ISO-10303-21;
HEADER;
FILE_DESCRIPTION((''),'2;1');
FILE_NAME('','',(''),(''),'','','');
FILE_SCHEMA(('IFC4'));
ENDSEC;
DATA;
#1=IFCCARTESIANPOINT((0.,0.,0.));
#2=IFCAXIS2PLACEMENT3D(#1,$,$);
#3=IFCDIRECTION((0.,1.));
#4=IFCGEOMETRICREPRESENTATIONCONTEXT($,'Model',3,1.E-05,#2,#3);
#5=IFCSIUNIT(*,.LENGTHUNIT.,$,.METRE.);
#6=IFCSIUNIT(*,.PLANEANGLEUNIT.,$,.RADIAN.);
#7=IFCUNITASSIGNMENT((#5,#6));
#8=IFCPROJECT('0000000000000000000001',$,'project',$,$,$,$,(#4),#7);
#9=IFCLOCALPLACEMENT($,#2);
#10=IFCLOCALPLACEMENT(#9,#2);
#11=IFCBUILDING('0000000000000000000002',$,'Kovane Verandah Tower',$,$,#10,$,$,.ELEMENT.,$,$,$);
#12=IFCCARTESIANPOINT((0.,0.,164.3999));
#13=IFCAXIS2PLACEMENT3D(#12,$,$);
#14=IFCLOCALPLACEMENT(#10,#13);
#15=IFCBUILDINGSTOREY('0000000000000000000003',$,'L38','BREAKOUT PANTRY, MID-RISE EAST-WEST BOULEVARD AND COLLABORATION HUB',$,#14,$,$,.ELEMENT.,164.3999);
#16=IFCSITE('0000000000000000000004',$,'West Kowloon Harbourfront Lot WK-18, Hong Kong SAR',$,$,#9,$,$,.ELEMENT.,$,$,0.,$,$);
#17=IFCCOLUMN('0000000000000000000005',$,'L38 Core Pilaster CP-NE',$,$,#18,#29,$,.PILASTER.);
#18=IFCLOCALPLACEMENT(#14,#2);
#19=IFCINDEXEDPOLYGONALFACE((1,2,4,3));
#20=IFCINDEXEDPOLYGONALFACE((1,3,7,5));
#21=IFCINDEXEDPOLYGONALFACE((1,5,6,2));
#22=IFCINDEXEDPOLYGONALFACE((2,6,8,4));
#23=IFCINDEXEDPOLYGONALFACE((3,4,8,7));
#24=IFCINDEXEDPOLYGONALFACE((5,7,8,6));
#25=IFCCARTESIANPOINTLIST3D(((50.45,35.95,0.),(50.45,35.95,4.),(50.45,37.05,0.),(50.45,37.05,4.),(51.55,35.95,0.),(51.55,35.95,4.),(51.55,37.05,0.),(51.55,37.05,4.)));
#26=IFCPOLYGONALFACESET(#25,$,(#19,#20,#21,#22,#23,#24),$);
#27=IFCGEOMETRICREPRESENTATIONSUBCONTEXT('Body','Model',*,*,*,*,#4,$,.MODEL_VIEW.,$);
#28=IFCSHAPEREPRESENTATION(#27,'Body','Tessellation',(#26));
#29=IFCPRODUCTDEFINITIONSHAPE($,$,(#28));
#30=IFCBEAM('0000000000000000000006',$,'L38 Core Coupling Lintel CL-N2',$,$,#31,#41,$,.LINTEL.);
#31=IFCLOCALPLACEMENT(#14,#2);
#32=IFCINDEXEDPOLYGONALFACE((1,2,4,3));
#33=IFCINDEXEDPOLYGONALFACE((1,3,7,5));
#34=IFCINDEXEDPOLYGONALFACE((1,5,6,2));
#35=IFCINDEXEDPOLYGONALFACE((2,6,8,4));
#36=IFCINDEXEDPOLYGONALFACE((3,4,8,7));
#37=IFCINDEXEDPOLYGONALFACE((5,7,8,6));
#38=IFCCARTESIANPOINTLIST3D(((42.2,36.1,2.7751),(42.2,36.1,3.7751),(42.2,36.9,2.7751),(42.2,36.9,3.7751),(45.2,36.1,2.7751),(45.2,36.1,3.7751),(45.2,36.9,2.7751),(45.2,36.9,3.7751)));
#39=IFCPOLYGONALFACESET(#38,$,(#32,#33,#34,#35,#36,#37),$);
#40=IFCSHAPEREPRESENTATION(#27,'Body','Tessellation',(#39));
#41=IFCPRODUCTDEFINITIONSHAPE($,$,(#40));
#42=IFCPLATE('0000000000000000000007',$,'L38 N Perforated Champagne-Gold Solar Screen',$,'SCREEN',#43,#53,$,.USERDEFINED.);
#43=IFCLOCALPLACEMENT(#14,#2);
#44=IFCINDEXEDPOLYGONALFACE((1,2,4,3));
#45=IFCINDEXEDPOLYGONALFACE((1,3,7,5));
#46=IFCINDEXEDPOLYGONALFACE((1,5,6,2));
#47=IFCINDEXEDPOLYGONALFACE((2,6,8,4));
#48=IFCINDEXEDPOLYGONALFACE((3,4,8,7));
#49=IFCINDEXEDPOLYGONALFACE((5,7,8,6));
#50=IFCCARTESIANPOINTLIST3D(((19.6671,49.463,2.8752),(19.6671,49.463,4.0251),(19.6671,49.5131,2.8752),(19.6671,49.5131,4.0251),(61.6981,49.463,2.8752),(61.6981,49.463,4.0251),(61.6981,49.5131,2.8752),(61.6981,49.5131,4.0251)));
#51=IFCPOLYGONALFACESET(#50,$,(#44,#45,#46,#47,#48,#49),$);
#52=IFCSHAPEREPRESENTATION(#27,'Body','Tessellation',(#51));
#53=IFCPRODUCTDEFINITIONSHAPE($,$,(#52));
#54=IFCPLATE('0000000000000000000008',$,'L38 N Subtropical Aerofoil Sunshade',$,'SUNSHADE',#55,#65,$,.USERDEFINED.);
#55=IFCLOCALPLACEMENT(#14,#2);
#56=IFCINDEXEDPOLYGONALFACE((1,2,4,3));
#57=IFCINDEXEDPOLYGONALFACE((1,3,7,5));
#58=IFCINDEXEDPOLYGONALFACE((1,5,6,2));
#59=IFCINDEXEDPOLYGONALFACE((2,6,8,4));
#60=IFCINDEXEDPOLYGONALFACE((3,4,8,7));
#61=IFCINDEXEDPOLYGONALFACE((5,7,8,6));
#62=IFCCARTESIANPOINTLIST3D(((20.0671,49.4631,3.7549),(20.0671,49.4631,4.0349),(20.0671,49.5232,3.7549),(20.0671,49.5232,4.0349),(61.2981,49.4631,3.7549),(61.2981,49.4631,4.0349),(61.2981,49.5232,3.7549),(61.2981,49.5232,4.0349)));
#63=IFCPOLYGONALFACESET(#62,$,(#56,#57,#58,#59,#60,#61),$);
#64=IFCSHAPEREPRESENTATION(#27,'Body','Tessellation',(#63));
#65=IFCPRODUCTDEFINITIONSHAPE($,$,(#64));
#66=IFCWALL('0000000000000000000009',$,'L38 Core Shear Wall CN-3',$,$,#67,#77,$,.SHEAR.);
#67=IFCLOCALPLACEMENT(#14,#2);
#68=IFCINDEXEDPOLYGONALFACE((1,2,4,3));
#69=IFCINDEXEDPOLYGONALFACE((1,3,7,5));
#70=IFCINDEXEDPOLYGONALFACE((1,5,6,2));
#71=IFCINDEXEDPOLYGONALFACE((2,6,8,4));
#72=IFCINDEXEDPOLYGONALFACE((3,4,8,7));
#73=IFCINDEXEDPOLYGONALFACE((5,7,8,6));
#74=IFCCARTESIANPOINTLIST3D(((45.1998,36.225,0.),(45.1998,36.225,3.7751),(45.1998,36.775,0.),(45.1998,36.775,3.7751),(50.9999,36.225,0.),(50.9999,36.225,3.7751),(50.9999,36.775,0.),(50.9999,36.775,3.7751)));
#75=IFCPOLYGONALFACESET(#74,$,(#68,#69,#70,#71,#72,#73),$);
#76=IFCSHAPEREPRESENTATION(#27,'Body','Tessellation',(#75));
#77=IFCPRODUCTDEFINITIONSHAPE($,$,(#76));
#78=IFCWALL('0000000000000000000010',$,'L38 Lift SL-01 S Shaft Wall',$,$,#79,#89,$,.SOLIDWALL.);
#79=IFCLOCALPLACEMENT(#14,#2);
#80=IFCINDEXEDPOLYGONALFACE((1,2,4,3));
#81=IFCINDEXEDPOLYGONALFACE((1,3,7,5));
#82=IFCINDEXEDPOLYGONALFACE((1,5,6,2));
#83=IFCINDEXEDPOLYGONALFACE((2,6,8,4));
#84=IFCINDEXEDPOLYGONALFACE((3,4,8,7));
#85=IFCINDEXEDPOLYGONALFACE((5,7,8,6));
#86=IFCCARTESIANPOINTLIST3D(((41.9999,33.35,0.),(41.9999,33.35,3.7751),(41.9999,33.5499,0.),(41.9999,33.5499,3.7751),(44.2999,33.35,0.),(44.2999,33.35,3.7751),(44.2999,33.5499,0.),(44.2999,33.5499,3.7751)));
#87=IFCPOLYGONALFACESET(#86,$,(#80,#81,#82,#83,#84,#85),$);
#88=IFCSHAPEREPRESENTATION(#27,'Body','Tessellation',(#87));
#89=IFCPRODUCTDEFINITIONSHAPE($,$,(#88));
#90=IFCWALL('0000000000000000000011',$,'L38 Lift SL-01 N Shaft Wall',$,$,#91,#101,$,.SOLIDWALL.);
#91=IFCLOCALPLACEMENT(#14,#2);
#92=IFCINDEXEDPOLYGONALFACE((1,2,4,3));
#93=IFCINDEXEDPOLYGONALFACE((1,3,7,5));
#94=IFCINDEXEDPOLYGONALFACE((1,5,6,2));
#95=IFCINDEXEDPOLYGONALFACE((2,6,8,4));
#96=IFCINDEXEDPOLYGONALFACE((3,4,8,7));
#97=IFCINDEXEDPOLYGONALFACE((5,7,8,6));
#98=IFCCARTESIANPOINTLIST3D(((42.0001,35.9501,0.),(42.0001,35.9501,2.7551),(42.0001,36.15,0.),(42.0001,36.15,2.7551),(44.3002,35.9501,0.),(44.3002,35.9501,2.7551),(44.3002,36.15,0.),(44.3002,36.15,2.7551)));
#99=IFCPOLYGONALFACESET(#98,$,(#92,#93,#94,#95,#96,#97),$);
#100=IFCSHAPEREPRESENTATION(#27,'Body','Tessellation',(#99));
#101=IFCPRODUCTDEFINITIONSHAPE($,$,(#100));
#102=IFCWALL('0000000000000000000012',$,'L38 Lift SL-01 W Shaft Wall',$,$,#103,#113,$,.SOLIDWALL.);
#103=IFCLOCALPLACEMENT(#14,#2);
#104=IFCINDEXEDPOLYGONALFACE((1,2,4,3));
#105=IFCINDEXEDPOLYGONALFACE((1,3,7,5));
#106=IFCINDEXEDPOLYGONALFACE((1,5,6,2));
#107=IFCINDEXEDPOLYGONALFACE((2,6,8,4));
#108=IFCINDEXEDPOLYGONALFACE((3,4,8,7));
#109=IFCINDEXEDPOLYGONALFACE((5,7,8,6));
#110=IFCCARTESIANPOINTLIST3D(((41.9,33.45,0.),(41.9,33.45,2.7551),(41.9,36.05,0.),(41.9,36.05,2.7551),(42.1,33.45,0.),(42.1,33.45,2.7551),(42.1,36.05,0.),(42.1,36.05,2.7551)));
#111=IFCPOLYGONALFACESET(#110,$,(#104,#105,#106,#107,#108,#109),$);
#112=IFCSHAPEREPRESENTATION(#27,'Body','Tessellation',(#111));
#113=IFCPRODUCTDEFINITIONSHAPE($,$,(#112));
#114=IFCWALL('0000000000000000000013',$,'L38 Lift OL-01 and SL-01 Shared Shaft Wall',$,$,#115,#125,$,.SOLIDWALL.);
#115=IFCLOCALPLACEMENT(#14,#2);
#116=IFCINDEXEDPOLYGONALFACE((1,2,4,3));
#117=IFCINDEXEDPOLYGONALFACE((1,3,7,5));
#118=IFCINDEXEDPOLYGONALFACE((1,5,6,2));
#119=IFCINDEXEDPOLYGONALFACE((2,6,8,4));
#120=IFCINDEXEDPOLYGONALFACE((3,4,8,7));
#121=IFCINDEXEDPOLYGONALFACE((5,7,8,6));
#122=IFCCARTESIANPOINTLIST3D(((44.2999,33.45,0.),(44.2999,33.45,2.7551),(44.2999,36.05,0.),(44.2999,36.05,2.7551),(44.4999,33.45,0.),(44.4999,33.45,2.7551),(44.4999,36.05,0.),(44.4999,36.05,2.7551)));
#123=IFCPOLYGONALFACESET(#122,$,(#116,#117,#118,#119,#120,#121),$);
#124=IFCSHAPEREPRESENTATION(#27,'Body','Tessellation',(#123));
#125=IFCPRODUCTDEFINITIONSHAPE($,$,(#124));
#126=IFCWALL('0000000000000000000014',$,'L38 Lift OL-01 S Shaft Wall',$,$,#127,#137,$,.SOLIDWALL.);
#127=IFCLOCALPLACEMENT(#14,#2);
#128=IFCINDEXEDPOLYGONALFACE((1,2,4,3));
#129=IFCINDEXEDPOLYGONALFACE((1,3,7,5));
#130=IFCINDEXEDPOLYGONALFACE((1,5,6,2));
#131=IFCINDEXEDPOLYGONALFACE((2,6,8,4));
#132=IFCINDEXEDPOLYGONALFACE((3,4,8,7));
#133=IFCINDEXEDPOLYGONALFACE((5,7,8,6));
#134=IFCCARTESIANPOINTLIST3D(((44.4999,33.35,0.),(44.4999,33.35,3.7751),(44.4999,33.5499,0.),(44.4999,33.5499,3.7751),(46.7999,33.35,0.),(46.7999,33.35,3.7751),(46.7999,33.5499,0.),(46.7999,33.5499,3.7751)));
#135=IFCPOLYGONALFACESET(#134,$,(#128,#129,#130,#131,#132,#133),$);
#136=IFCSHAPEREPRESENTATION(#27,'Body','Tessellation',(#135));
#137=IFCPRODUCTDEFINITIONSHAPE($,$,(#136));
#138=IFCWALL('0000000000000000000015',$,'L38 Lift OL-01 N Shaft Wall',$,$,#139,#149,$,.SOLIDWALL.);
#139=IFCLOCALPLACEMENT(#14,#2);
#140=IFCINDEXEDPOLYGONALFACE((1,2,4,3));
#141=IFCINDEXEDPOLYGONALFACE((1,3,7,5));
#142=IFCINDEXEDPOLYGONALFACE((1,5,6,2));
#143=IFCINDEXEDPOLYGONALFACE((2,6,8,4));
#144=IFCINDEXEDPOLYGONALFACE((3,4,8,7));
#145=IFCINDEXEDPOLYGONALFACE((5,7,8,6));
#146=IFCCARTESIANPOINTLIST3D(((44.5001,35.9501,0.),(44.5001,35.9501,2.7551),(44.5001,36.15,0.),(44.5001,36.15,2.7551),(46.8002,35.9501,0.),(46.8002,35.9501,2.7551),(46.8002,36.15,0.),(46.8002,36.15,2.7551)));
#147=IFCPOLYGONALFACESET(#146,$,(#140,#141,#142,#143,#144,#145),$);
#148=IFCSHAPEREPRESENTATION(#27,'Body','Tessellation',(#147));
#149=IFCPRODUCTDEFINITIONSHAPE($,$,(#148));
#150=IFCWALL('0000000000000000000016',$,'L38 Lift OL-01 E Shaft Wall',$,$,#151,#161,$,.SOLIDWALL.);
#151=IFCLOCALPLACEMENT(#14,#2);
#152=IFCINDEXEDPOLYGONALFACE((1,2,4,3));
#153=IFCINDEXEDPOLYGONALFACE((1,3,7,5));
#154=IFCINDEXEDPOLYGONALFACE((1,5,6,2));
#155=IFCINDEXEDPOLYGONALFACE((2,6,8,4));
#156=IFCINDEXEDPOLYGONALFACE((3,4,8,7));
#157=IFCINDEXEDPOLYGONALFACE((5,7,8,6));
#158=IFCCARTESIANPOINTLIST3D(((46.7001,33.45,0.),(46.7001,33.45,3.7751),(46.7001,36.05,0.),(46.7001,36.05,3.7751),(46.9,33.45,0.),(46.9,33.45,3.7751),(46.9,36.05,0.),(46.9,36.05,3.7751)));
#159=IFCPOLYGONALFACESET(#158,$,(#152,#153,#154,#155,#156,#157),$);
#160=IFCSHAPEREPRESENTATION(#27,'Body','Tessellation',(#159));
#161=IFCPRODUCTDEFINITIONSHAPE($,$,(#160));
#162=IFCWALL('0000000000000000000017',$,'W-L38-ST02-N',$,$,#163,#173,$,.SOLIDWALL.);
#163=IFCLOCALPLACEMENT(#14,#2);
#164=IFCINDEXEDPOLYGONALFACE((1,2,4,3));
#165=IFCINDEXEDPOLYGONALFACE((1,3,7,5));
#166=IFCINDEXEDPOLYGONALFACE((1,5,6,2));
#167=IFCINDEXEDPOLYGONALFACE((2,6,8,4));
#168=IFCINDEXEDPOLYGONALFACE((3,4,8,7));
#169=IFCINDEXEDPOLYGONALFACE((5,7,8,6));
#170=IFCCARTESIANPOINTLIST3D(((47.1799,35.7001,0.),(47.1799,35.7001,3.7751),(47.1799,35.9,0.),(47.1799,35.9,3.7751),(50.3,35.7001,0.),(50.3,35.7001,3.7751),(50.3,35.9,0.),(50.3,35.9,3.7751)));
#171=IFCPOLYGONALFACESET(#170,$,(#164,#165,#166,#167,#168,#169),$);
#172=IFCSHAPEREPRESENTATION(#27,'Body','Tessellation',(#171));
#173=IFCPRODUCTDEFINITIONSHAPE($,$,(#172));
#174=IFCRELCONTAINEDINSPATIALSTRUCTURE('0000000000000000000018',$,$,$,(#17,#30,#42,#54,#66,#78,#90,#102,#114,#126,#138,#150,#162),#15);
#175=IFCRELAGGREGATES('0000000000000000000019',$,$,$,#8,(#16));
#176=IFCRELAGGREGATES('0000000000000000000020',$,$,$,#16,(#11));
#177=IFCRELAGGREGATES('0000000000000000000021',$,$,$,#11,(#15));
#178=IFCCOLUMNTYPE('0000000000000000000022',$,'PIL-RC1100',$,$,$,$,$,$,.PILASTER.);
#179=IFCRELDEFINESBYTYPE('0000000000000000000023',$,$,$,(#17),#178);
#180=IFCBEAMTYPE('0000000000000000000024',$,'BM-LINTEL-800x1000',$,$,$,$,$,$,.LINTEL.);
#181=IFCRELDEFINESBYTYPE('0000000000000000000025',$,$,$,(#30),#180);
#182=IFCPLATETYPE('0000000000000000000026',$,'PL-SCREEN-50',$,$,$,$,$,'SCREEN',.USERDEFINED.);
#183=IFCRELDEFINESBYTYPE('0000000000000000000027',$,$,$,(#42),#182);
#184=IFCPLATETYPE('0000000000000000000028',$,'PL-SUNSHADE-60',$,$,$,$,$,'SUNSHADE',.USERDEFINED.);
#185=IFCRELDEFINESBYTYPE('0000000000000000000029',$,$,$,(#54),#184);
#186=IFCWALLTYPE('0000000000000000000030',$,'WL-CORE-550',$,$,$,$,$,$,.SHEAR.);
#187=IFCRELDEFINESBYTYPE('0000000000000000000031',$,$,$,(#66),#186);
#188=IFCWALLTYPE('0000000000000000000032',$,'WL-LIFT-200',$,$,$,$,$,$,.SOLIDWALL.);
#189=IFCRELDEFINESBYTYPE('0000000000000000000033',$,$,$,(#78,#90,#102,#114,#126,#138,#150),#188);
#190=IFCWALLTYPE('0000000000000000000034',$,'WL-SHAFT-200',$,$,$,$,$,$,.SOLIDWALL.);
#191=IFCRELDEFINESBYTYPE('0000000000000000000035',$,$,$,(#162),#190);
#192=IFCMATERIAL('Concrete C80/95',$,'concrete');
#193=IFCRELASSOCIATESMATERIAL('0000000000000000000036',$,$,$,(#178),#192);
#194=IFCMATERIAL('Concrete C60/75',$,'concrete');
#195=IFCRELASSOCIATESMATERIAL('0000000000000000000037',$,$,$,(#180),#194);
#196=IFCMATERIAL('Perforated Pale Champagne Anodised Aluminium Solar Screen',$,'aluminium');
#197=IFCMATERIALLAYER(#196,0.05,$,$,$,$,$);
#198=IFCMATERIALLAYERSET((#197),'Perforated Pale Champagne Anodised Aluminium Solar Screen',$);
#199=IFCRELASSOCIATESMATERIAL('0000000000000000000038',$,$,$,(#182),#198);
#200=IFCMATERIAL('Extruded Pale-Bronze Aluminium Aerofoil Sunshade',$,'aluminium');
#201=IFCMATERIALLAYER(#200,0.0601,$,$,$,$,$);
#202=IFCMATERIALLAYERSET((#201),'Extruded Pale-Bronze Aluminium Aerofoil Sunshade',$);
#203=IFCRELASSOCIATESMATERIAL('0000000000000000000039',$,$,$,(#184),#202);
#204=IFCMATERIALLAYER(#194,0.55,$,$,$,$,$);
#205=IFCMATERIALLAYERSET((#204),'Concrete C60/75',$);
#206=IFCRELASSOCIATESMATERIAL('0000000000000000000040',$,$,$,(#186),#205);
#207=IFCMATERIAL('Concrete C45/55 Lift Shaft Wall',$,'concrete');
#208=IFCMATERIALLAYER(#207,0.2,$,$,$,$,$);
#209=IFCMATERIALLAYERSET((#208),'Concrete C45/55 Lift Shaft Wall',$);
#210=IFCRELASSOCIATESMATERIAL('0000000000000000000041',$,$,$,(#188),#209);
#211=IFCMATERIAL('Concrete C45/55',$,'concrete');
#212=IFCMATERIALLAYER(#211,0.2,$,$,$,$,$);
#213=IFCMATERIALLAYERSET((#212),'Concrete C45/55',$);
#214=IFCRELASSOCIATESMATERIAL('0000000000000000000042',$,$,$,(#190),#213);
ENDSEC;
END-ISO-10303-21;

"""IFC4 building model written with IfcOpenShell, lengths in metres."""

from ifc_helpers import new_model, si_unit, direction, frame, frame_2d, origin, origin_2d, place, context, subcontext, project, spatial, rectangle, extrude, material, layer, layer_set, material_profile, profile_set, type_object, element, save


model = new_model("IFC4")

# Units and contexts
model_context = context("Model", 3, precision=1e-05, world=origin(), true_north=direction((0.0, 1.0)))
body_context = subcontext(model_context, "Body", "Model", "MODEL_VIEW")
ifc_project = project(units=[si_unit("LENGTHUNIT", "METRE"), si_unit("PLANEANGLEUNIT", "RADIAN")], contexts=[model_context])

# Site, building, storey
site_placement = place(None, origin())
site = spatial("IfcSite", under=ifc_project, at=site_placement, Name="West Kowloon Harbourfront Lot WK-18, Hong Kong SAR", CompositionType="ELEMENT", RefElevation=0.0)
building_placement = place(site_placement, origin())
building = spatial("IfcBuilding", under=site, at=building_placement, Name="Kovane Verandah Tower", CompositionType="ELEMENT")
storey_placement = place(building_placement, frame((0.0, 0.0, 164.3999)))
storey = spatial("IfcBuildingStorey", under=building, at=storey_placement, Name="L38", Description="BREAKOUT PANTRY, MID-RISE EAST-WEST BOULEVARD AND COLLABORATION HUB", CompositionType="ELEMENT", Elevation=164.3999)

# Column
ifc_material_1 = material(Name="Concrete C80/95", Category="concrete")
ifc_material_profile_1 = material_profile(ifc_material_1, rectangle(XDim=1.1001, YDim=1.1001, at=origin_2d()), Name="RC1100x1100")
ifc_profile_set_1 = profile_set([ifc_material_profile_1], Name="Concrete C80/95")
column_type = type_object("IfcColumnType", Name="PIL-RC1100", PredefinedType="PILASTER", material=ifc_profile_set_1)
column_placement = place(storey_placement, frame((51.0, 36.5, 0.0), z_axis=(0.0, 0.0, 1.0), x_axis=(1.0, 0.0, 0.0)))
element("IfcColumn", 1, at=column_placement, inside=storey, type_object=column_type, Name="L38 Core Pilaster CP-NE", PredefinedType="PILASTER", context=body_context, shape_type="SweptSolid", body=[
    extrude(rectangle(XDim=1.1001, YDim=1.1001, at=origin_2d()), origin(), (0.0, 0.0, 1.0), 4.0),
])

# Beam
ifc_material_2 = material(Name="Concrete C60/75", Category="concrete")
ifc_material_profile_2 = material_profile(ifc_material_2, rectangle(XDim=0.8, YDim=1.0, at=origin_2d()), Name="RCB800x1000")
ifc_profile_set_2 = profile_set([ifc_material_profile_2], Name="Concrete C60/75")
beam_type = type_object("IfcBeamType", Name="BM-LINTEL-800x1000", PredefinedType="LINTEL", material=ifc_profile_set_2)
beam_placement = place(storey_placement, frame((42.2, 36.5, 3.2751), z_axis=(1.0, 0.0, 0.0), x_axis=(0.0, 1.0, 0.0)))
element("IfcBeam", 2, at=beam_placement, inside=storey, type_object=beam_type, Name="L38 Core Coupling Lintel CL-N2", PredefinedType="LINTEL", context=body_context, shape_type="SweptSolid", body=[
    extrude(rectangle(XDim=0.8, YDim=1.0, at=origin_2d()), origin(), (0.0, 0.0, 1.0), 3.0),
])

# Plates
ifc_material_3 = material(Name="Perforated Pale Champagne Anodised Aluminium Solar Screen", Category="aluminium")
ifc_layer_1 = layer(ifc_material_3, 0.05)
ifc_layer_set_1 = layer_set([ifc_layer_1], Name="Perforated Pale Champagne Anodised Aluminium Solar Screen")
plate_type_1 = type_object("IfcPlateType", Name="PL-SCREEN-50", ElementType="SCREEN", PredefinedType="USERDEFINED", material=ifc_layer_set_1)
plate_1_placement = place(storey_placement, frame((40.6826, 49.488, 2.8752), z_axis=(0.0, 0.0, 1.0), x_axis=(-1.0, 0.0, 0.0)))
element("IfcPlate", 3, at=plate_1_placement, inside=storey, type_object=plate_type_1, Name="L38 N Perforated Champagne-Gold Solar Screen", ObjectType="SCREEN", PredefinedType="USERDEFINED", context=body_context, shape_type="SweptSolid", body=[
    extrude(rectangle(XDim=42.031, YDim=0.05, at=origin_2d()), origin(), (0.0, 0.0, 1.0), 1.1499),
])
ifc_material_4 = material(Name="Extruded Pale-Bronze Aluminium Aerofoil Sunshade", Category="aluminium")
ifc_layer_2 = layer(ifc_material_4, 0.0601)
ifc_layer_set_2 = layer_set([ifc_layer_2], Name="Extruded Pale-Bronze Aluminium Aerofoil Sunshade")
plate_type_2 = type_object("IfcPlateType", Name="PL-SUNSHADE-60", ElementType="SUNSHADE", PredefinedType="USERDEFINED", material=ifc_layer_set_2)
plate_2_placement = place(storey_placement, frame((40.6826, 49.4932, 3.7549), z_axis=(0.0, 0.0, 1.0), x_axis=(-1.0, 0.0, 0.0)))
element("IfcPlate", 4, at=plate_2_placement, inside=storey, type_object=plate_type_2, Name="L38 N Subtropical Aerofoil Sunshade", ObjectType="SUNSHADE", PredefinedType="USERDEFINED", context=body_context, shape_type="SweptSolid", body=[
    extrude(rectangle(XDim=41.231, YDim=0.0601, at=origin_2d()), origin(), (0.0, 0.0, 1.0), 0.28),
])

# Walls
ifc_layer_3 = layer(ifc_material_2, 0.55)
ifc_layer_set_3 = layer_set([ifc_layer_3], Name="Concrete C60/75")
wall_type_1 = type_object("IfcWallType", Name="WL-CORE-550", PredefinedType="SHEAR", material=ifc_layer_set_3)
wall_1_placement = place(storey_placement, frame((45.2, 36.5, 0.0), z_axis=(0.0, 0.0, 1.0), x_axis=(1.0, 0.0, 0.0)))
element("IfcWall", 5, at=wall_1_placement, inside=storey, type_object=wall_type_1, Name="L38 Core Shear Wall CN-3", PredefinedType="SHEAR", context=body_context, shape_type="SweptSolid", body=[
    extrude(rectangle(XDim=5.8, YDim=0.55, at=frame_2d((2.8999, 0.0))), origin(), (0.0, 0.0, 1.0), 3.7751),
])
ifc_material_5 = material(Name="Concrete C45/55 Lift Shaft Wall", Category="concrete")
ifc_layer_4 = layer(ifc_material_5, 0.2)
ifc_layer_set_4 = layer_set([ifc_layer_4], Name="Concrete C45/55 Lift Shaft Wall")
wall_type_2 = type_object("IfcWallType", Name="WL-LIFT-200", PredefinedType="SOLIDWALL", material=ifc_layer_set_4)
wall_2_placement = place(storey_placement, frame((42.0, 33.45, 0.0), z_axis=(0.0, 0.0, 1.0), x_axis=(1.0, 0.0, 0.0)))
element("IfcWall", 6, at=wall_2_placement, inside=storey, type_object=wall_type_2, Name="L38 Lift SL-01 S Shaft Wall", PredefinedType="SOLIDWALL", context=body_context, shape_type="SweptSolid", body=[
    extrude(rectangle(XDim=2.3, YDim=0.2, at=frame_2d((1.1499, 0.0))), origin(), (0.0, 0.0, 1.0), 3.7751),
])
wall_3_placement = place(storey_placement, frame((44.3, 36.05, 0.0), z_axis=(0.0, 0.0, 1.0), x_axis=(-1.0, 0.0, 0.0)))
element("IfcWall", 7, at=wall_3_placement, inside=storey, type_object=wall_type_2, Name="L38 Lift SL-01 N Shaft Wall", PredefinedType="SOLIDWALL", context=body_context, shape_type="SweptSolid", body=[
    extrude(rectangle(XDim=2.3, YDim=0.2, at=frame_2d((1.1499, 0.0))), origin(), (0.0, 0.0, 1.0), 2.7551),
])
for number, where, z_axis, x_axis, name in (
    (8, (42.0, 36.05, 0.0), (0.0, 0.0, 1.0), (0.0, -1.0, 0.0), "L38 Lift SL-01 W Shaft Wall"),
    (9, (44.3999, 33.45, 0.0), (0.0, 0.0, 1.0), (0.0, 1.0, 0.0), "L38 Lift OL-01 and SL-01 Shared Shaft Wall"),
):
    element("IfcWall", number, at=place(storey_placement, frame(where, z_axis=z_axis, x_axis=x_axis)), inside=storey, type_object=wall_type_2, Name=name, PredefinedType="SOLIDWALL", context=body_context, shape_type="SweptSolid", body=[
        extrude(rectangle(XDim=2.6001, YDim=0.2, at=frame_2d((1.3, 0.0))), origin(), (0.0, 0.0, 1.0), 2.7551),
    ])
wall_4_placement = place(storey_placement, frame((44.5, 33.45, 0.0), z_axis=(0.0, 0.0, 1.0), x_axis=(1.0, 0.0, 0.0)))
element("IfcWall", 10, at=wall_4_placement, inside=storey, type_object=wall_type_2, Name="L38 Lift OL-01 S Shaft Wall", PredefinedType="SOLIDWALL", context=body_context, shape_type="SweptSolid", body=[
    extrude(rectangle(XDim=2.3, YDim=0.2, at=frame_2d((1.1499, 0.0))), origin(), (0.0, 0.0, 1.0), 3.7751),
])
wall_5_placement = place(storey_placement, frame((46.8, 36.05, 0.0), z_axis=(0.0, 0.0, 1.0), x_axis=(-1.0, 0.0, 0.0)))
element("IfcWall", 11, at=wall_5_placement, inside=storey, type_object=wall_type_2, Name="L38 Lift OL-01 N Shaft Wall", PredefinedType="SOLIDWALL", context=body_context, shape_type="SweptSolid", body=[
    extrude(rectangle(XDim=2.3, YDim=0.2, at=frame_2d((1.1499, 0.0))), origin(), (0.0, 0.0, 1.0), 2.7551),
])
wall_6_placement = place(storey_placement, frame((46.8, 33.45, 0.0), z_axis=(0.0, 0.0, 1.0), x_axis=(0.0, 1.0, 0.0)))
element("IfcWall", 12, at=wall_6_placement, inside=storey, type_object=wall_type_2, Name="L38 Lift OL-01 E Shaft Wall", PredefinedType="SOLIDWALL", context=body_context, shape_type="SweptSolid", body=[
    extrude(rectangle(XDim=2.6001, YDim=0.2, at=frame_2d((1.3, 0.0))), origin(), (0.0, 0.0, 1.0), 3.7751),
])
ifc_material_6 = material(Name="Concrete C45/55", Category="concrete")
ifc_layer_5 = layer(ifc_material_6, 0.2)
ifc_layer_set_5 = layer_set([ifc_layer_5], Name="Concrete C45/55")
wall_type_3 = type_object("IfcWallType", Name="WL-SHAFT-200", PredefinedType="SOLIDWALL", material=ifc_layer_set_5)
wall_7_placement = place(storey_placement, frame((47.1799, 35.8, 0.0), z_axis=(0.0, 0.0, 1.0), x_axis=(1.0, 0.0, 0.0)))
element("IfcWall", 13, at=wall_7_placement, inside=storey, type_object=wall_type_3, Name="W-L38-ST02-N", PredefinedType="SOLIDWALL", context=body_context, shape_type="SweptSolid", body=[
    extrude(rectangle(XDim=3.1201, YDim=0.2, at=frame_2d((1.5601, 0.0))), origin(), (0.0, 0.0, 1.0), 3.7751),
])

save(model, "model.ifc")
